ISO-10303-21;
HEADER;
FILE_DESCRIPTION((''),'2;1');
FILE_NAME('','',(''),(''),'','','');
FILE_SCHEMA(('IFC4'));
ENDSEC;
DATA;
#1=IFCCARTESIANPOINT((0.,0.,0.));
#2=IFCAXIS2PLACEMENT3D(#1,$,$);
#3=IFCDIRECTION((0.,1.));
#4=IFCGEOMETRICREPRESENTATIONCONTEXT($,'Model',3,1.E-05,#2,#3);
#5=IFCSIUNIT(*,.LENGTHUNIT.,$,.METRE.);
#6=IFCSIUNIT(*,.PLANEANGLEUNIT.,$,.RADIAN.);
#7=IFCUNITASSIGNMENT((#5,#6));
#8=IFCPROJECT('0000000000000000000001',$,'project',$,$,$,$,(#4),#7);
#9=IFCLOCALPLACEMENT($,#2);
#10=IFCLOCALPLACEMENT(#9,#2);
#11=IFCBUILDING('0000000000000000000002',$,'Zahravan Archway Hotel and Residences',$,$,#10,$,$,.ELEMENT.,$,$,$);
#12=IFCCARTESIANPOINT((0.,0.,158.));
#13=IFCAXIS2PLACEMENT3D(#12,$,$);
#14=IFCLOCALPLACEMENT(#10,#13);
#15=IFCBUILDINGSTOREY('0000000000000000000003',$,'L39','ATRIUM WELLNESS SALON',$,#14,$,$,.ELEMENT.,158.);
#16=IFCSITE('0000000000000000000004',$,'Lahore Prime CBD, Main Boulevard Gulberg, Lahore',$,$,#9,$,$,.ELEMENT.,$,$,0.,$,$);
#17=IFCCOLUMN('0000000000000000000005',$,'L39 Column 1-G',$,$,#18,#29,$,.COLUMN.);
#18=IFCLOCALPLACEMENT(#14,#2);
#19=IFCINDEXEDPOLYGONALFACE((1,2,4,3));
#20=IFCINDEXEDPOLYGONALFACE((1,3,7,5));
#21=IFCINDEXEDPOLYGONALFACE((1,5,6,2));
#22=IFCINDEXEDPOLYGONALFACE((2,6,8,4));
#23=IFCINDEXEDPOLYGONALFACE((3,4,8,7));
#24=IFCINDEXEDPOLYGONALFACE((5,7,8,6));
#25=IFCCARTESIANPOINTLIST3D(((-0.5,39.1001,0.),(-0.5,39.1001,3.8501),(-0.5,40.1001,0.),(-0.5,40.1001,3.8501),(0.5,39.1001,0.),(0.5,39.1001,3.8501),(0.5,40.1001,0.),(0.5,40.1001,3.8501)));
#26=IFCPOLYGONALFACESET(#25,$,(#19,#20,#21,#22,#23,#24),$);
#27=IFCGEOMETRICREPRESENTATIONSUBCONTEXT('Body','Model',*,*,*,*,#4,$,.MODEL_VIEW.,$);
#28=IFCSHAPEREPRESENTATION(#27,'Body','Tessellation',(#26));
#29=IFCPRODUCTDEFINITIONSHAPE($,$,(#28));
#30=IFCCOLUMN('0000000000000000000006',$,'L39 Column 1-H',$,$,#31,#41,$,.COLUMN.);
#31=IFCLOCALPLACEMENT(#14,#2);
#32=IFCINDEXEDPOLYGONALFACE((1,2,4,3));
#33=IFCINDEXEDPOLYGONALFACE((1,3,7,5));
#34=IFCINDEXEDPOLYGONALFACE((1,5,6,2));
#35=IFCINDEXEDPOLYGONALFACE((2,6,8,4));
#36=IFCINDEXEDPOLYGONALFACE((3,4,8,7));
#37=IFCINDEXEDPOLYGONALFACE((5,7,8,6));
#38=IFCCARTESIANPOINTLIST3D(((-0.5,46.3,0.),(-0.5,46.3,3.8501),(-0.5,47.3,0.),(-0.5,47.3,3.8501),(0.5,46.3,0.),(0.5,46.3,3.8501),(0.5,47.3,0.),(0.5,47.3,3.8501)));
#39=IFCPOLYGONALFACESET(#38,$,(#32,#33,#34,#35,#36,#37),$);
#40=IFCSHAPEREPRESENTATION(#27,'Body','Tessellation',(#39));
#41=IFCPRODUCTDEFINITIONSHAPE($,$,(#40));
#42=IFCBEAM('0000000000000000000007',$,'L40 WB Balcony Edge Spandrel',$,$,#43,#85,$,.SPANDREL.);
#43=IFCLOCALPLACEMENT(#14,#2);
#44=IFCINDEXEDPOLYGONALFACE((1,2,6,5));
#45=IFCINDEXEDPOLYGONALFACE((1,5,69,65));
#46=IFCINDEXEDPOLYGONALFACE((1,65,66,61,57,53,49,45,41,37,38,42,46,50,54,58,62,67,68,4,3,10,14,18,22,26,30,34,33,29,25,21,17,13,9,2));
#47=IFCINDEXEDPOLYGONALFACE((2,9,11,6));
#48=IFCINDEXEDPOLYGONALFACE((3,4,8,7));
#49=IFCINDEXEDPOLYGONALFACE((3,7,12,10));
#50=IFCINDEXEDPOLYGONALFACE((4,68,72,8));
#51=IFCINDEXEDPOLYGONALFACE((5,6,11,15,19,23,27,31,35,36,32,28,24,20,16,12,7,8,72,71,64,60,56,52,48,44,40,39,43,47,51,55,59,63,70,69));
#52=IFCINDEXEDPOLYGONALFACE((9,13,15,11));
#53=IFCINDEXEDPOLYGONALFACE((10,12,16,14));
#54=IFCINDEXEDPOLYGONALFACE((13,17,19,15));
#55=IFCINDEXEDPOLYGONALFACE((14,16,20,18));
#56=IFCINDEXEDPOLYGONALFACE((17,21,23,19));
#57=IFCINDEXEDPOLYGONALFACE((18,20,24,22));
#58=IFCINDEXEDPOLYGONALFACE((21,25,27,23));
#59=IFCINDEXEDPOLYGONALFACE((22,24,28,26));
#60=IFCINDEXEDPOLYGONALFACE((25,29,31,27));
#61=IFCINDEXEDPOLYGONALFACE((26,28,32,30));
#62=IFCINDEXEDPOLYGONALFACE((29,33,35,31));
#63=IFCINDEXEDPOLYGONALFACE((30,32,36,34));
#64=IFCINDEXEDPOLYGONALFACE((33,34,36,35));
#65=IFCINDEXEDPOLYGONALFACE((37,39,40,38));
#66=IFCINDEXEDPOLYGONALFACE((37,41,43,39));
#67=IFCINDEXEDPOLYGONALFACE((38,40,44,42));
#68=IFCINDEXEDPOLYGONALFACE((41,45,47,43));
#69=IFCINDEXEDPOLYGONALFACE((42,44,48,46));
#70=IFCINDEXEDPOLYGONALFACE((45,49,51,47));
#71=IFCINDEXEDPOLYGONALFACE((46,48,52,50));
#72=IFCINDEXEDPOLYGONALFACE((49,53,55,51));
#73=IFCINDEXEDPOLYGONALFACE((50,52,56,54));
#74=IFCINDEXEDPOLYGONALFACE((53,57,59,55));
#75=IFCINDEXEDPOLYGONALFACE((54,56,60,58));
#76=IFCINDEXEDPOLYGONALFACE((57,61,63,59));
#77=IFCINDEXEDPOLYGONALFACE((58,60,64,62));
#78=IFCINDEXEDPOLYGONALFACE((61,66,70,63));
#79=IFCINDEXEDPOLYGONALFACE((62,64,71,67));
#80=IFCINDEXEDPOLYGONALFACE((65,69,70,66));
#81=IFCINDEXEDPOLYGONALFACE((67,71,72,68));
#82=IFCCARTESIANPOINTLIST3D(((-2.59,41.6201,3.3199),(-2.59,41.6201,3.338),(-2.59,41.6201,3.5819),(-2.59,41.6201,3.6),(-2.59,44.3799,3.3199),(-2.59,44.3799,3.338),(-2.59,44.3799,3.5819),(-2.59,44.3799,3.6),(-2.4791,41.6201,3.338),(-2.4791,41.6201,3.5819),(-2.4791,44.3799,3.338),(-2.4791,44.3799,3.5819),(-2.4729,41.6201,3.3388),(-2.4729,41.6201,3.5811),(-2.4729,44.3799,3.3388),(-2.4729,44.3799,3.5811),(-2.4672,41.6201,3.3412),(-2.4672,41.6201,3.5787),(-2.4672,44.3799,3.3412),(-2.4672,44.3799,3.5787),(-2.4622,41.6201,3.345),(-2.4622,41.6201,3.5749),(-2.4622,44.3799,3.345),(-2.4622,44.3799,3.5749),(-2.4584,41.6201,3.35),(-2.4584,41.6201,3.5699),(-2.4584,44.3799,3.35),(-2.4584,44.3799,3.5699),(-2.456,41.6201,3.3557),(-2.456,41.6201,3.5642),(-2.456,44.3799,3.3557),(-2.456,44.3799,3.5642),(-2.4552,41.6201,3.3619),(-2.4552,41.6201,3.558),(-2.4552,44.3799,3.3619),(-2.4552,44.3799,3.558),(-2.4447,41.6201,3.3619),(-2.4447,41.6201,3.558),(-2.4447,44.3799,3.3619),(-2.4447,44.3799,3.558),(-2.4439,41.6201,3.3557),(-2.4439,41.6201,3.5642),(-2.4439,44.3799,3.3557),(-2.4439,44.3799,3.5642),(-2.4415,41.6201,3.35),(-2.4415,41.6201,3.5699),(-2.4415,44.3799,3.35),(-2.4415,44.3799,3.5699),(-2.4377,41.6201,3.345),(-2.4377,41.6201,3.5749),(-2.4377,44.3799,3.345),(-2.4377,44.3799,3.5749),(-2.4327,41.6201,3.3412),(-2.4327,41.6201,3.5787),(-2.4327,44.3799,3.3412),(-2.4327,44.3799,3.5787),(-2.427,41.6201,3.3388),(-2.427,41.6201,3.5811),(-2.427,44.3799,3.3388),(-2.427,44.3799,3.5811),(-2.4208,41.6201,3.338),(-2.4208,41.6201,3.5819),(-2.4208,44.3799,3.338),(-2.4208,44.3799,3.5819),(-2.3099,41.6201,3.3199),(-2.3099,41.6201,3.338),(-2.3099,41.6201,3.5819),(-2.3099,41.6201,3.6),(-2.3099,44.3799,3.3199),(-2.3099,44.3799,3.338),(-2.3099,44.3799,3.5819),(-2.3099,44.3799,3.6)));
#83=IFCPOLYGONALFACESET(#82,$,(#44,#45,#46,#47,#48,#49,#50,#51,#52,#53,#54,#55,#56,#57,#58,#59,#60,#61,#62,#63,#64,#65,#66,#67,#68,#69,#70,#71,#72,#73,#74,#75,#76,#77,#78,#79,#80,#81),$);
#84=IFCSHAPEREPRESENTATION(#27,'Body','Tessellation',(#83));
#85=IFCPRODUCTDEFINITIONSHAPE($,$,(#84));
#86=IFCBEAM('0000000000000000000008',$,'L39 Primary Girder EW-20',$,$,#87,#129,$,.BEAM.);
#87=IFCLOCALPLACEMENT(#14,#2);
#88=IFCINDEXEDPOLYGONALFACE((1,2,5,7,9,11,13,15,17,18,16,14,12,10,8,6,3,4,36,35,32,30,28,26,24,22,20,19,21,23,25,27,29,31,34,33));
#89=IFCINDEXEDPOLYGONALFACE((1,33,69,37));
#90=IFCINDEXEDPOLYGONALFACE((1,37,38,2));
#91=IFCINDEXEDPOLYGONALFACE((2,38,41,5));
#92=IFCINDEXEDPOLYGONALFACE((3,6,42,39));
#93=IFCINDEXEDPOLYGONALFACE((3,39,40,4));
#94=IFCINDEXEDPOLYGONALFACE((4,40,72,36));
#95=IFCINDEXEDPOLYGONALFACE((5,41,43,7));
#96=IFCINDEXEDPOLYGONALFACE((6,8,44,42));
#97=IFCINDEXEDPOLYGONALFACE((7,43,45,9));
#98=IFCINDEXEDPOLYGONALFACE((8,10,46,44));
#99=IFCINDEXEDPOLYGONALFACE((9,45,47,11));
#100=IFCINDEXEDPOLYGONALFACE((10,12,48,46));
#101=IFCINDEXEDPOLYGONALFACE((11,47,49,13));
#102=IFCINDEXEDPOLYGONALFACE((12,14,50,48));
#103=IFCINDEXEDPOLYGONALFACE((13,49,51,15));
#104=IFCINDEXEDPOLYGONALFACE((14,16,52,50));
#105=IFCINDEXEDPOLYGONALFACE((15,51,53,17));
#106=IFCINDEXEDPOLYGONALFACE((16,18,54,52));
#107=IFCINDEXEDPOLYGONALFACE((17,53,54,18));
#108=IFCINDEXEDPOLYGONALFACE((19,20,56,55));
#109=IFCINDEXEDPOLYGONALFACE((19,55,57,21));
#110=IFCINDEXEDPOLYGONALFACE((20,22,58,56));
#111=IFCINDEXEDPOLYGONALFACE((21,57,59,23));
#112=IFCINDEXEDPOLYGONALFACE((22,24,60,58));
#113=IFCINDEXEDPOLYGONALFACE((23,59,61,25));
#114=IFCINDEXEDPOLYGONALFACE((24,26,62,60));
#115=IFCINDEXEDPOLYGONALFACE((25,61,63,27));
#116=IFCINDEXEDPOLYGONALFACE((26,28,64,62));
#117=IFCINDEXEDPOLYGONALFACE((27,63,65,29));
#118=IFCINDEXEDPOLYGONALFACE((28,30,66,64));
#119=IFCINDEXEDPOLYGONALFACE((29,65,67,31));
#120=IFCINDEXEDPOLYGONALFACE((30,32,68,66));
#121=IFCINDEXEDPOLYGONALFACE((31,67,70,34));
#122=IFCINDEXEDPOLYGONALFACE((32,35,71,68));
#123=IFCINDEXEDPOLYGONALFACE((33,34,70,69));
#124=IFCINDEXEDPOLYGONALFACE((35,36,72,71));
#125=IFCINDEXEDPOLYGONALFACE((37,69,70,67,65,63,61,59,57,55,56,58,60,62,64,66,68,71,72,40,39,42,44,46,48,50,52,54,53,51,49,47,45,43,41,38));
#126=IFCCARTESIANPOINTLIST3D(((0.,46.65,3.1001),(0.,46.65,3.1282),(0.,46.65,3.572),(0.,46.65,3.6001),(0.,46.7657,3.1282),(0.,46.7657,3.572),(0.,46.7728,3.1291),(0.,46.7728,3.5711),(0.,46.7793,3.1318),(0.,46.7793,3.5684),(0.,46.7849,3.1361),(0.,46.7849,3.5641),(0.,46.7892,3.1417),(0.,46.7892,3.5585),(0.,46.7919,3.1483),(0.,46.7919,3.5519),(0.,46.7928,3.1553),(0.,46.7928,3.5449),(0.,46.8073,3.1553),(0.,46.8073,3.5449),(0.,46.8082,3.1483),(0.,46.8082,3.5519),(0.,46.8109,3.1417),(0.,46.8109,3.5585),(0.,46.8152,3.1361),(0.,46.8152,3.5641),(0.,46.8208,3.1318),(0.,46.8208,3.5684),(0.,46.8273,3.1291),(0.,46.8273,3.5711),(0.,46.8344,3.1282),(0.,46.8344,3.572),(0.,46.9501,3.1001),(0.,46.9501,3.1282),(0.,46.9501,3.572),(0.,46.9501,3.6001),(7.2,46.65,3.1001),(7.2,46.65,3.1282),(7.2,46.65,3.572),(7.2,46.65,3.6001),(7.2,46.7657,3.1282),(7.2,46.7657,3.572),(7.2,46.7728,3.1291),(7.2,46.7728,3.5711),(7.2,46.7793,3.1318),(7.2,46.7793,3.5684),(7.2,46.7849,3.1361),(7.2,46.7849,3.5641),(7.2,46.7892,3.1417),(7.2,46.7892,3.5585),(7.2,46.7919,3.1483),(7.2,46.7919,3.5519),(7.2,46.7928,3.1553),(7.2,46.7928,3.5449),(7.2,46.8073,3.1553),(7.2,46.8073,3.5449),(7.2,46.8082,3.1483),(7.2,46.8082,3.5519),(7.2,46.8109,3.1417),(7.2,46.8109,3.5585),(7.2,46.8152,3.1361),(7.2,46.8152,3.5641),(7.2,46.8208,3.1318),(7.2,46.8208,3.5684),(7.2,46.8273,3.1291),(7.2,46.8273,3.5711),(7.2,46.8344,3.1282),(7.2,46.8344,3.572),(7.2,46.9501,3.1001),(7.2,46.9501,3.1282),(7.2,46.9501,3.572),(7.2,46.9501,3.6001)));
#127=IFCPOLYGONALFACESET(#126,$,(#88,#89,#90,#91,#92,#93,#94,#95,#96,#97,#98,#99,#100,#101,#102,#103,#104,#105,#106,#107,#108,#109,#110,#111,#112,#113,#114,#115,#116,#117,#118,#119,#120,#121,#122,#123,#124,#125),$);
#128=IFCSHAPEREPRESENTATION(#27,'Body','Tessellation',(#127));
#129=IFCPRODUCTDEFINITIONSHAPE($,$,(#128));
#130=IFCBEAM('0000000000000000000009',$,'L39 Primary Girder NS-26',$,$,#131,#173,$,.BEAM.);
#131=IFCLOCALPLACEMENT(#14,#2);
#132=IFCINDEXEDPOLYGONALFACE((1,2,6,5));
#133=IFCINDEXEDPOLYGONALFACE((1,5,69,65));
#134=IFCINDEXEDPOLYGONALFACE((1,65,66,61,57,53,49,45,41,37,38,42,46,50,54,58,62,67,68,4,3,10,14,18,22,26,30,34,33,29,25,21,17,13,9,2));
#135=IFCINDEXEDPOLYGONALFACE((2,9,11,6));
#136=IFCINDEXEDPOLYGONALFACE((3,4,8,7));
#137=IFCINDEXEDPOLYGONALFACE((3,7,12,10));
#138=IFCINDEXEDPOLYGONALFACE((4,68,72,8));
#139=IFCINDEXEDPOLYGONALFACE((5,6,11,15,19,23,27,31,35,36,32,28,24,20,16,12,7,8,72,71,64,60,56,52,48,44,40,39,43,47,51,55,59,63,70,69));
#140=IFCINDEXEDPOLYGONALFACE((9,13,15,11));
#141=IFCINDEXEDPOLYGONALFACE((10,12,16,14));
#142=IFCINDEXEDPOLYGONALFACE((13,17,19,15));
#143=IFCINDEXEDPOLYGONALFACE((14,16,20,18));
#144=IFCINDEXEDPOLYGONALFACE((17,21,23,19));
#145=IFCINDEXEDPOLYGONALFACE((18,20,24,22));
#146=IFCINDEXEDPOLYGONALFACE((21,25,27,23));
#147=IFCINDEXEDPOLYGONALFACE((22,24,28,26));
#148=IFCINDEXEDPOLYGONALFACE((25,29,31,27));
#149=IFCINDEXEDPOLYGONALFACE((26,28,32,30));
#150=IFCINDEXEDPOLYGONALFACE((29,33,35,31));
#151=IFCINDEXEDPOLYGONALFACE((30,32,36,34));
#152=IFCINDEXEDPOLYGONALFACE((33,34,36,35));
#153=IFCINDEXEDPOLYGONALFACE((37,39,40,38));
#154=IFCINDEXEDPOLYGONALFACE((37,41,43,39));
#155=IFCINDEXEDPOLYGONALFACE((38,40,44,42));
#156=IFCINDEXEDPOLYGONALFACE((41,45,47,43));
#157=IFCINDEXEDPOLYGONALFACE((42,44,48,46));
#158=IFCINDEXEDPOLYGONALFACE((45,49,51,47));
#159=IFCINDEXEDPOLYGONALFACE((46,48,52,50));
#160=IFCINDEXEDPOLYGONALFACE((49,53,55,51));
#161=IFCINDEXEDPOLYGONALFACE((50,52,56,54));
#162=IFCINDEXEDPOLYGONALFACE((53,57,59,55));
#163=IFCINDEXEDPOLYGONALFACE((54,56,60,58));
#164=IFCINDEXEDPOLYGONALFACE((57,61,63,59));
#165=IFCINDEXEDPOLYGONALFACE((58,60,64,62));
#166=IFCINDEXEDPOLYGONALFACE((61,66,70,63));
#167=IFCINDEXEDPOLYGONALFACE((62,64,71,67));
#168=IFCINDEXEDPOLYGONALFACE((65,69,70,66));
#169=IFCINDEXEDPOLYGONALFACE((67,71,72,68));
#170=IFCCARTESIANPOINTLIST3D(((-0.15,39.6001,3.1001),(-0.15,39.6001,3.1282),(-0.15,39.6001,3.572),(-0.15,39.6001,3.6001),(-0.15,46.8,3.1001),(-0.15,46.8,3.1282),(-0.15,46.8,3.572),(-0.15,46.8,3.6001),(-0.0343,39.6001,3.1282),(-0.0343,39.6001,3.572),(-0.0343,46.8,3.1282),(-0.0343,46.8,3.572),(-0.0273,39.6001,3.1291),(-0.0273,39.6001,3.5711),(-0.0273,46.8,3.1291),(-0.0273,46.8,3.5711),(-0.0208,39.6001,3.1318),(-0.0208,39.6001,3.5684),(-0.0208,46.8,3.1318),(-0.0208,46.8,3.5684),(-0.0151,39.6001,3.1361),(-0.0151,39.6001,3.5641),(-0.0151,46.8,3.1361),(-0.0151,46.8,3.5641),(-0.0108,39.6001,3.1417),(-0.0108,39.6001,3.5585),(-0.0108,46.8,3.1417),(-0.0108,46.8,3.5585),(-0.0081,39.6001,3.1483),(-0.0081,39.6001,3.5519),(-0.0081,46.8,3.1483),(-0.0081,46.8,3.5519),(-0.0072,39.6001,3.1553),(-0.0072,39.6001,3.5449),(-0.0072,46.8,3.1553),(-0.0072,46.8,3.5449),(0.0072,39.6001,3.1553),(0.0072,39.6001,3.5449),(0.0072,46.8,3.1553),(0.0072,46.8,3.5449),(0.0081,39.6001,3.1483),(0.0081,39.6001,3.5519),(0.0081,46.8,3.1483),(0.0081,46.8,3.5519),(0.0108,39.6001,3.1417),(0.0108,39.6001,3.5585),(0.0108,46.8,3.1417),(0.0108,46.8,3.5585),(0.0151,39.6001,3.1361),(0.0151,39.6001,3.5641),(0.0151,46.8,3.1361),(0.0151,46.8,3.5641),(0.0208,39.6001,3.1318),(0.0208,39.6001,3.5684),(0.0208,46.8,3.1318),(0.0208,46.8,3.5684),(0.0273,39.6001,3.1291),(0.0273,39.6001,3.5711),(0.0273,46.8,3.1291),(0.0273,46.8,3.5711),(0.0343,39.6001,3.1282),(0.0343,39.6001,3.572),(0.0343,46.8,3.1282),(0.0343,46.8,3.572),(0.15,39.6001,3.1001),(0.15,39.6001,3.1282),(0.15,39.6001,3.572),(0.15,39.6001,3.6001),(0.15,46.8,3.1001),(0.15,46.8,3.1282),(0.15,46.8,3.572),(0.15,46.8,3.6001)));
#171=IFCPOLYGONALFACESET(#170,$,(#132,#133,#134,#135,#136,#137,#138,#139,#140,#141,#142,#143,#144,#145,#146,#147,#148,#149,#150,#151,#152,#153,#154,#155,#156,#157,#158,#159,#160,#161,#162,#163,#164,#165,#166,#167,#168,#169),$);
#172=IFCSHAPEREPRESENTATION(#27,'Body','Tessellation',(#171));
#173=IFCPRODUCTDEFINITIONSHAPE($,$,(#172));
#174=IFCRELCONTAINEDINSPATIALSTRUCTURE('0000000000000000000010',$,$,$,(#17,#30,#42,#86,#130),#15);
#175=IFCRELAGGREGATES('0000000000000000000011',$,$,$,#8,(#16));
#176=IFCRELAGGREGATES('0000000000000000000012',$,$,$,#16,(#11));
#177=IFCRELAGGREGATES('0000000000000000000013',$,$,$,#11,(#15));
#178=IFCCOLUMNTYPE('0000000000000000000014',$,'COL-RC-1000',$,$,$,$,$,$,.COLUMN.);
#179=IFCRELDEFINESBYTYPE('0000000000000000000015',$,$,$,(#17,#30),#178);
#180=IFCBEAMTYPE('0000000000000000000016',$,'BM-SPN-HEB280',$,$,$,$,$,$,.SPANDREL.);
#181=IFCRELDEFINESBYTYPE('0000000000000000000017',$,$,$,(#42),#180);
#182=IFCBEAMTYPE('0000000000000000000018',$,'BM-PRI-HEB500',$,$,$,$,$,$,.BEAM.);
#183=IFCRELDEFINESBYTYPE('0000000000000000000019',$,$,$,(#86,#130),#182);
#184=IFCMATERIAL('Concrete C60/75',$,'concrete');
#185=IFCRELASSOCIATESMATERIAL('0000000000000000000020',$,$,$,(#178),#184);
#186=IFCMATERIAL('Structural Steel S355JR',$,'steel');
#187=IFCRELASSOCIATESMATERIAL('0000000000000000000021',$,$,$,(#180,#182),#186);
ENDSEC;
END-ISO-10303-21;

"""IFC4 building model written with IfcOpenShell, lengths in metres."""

from ifc_helpers import new_model, si_unit, direction, frame, origin, origin_2d, place, context, subcontext, project, spatial, rectangle, i_section, extrude, source, transform, mapped, material, material_profile, profile_set, type_object, element, save


model = new_model("IFC4")

# Units and contexts
model_context = context("Model", 3, precision=1e-05, world=origin(), true_north=direction((0.0, 1.0)))
body_context = subcontext(model_context, "Body", "Model", "MODEL_VIEW")
ifc_project = project(units=[si_unit("LENGTHUNIT", "METRE"), si_unit("PLANEANGLEUNIT", "RADIAN")], contexts=[model_context])

# Site, building, storey
site_placement = place(None, origin())
site = spatial("IfcSite", under=ifc_project, at=site_placement, Name="Lahore Prime CBD, Main Boulevard Gulberg, Lahore", CompositionType="ELEMENT", RefElevation=0.0)
building_placement = place(site_placement, origin())
building = spatial("IfcBuilding", under=site, at=building_placement, Name="Zahravan Archway Hotel and Residences", CompositionType="ELEMENT")
storey_placement = place(building_placement, frame((0.0, 0.0, 158.0)))
storey = spatial("IfcBuildingStorey", under=building, at=storey_placement, Name="L39", Description="ATRIUM WELLNESS SALON", CompositionType="ELEMENT", Elevation=158.0)

# Columns
ifc_material_1 = material(Name="Concrete C60/75", Category="concrete")
ifc_material_profile_1 = material_profile(ifc_material_1, rectangle(XDim=1.0, YDim=1.0, at=origin_2d()), Name="RC-COL-1000x1000", Category="concrete")
ifc_profile_set_1 = profile_set([ifc_material_profile_1], Name="Concrete C60/75")
column_type = type_object("IfcColumnType", Name="COL-RC-1000", PredefinedType="COLUMN", material=ifc_profile_set_1)
shared_shape_1 = source(origin(), body_context, "Body", "SweptSolid", [
    extrude(rectangle(XDim=1.0, YDim=1.0, at=origin_2d()), origin(), (0.0, 0.0, 1.0), 3.8501),
])
for number, where, z_axis, x_axis, name in (
    (1, (0.0, 39.6001, 0.0), (0.0, 0.0, 1.0), (1.0, 0.0, 0.0), "L39 Column 1-G"),
    (2, (0.0, 46.8, 0.0), (0.0, 0.0, 1.0), (1.0, 0.0, 0.0), "L39 Column 1-H"),
):
    element("IfcColumn", number, at=place(storey_placement, frame(where, z_axis=z_axis, x_axis=x_axis)), inside=storey, type_object=column_type, Name=name, PredefinedType="COLUMN", context=body_context, shape_type="MappedRepresentation", body=[
        mapped(shared_shape_1, transform((0.0, 0.0, 0.0), scale=1.0)),
    ])

# Beams
ifc_material_2 = material(Name="Structural Steel S355JR", Category="steel")
ifc_material_profile_2 = material_profile(ifc_material_2, i_section(OverallWidth=0.28, OverallDepth=0.28, WebThickness=0.0105, FlangeThickness=0.0181, FilletRadius=0.0239, at=origin_2d()), Name="HEB 280", Category="steel")
ifc_profile_set_2 = profile_set([ifc_material_profile_2], Name="Structural Steel S355JR")
beam_type_1 = type_object("IfcBeamType", Name="BM-SPN-HEB280", PredefinedType="SPANDREL", material=ifc_profile_set_2)
shared_shape_2 = source(origin(), body_context, "Body", "SweptSolid", [
    extrude(i_section(OverallWidth=0.28, OverallDepth=0.28, WebThickness=0.0105, FlangeThickness=0.0181, FilletRadius=0.0239, at=origin_2d()), origin(), (0.0, 0.0, 1.0), 2.7598),
])
beam_placement = place(storey_placement, frame((-2.45, 41.6201, 3.46), z_axis=(0.0, 1.0, 0.0), x_axis=(-1.0, 0.0, 0.0)))
element("IfcBeam", 3, at=beam_placement, inside=storey, type_object=beam_type_1, Name="L40 WB Balcony Edge Spandrel", PredefinedType="SPANDREL", context=body_context, shape_type="MappedRepresentation", body=[
    mapped(shared_shape_2, transform((0.0, 0.0, 0.0), scale=1.0)),
])
ifc_material_profile_3 = material_profile(ifc_material_2, i_section(OverallWidth=0.3, OverallDepth=0.5, WebThickness=0.0144, FlangeThickness=0.0281, FilletRadius=0.0271, at=origin_2d()), Name="HEB 500", Category="steel")
ifc_profile_set_3 = profile_set([ifc_material_profile_3], Name="Structural Steel S355JR")
beam_type_2 = type_object("IfcBeamType", Name="BM-PRI-HEB500", PredefinedType="BEAM", material=ifc_profile_set_3)
shared_shape_3 = source(origin(), body_context, "Body", "SweptSolid", [
    extrude(i_section(OverallWidth=0.3, OverallDepth=0.5, WebThickness=0.0144, FlangeThickness=0.0281, FilletRadius=0.0271, at=origin_2d()), origin(), (0.0, 0.0, 1.0), 7.2),
])
for number, where, z_axis, x_axis, name in (
    (4, (0.0, 46.8, 3.3501), (1.0, 0.0, 0.0), (0.0, 1.0, 0.0), "L39 Primary Girder EW-20"),
    (5, (0.0, 39.6001, 3.3501), (0.0, 1.0, 0.0), (-1.0, 0.0, 0.0), "L39 Primary Girder NS-26"),
):
    element("IfcBeam", number, at=place(storey_placement, frame(where, z_axis=z_axis, x_axis=x_axis)), inside=storey, type_object=beam_type_2, Name=name, PredefinedType="BEAM", context=body_context, shape_type="MappedRepresentation", body=[
        mapped(shared_shape_3, transform((0.0, 0.0, 0.0), scale=1.0)),
    ])

save(model, "model.ifc")
